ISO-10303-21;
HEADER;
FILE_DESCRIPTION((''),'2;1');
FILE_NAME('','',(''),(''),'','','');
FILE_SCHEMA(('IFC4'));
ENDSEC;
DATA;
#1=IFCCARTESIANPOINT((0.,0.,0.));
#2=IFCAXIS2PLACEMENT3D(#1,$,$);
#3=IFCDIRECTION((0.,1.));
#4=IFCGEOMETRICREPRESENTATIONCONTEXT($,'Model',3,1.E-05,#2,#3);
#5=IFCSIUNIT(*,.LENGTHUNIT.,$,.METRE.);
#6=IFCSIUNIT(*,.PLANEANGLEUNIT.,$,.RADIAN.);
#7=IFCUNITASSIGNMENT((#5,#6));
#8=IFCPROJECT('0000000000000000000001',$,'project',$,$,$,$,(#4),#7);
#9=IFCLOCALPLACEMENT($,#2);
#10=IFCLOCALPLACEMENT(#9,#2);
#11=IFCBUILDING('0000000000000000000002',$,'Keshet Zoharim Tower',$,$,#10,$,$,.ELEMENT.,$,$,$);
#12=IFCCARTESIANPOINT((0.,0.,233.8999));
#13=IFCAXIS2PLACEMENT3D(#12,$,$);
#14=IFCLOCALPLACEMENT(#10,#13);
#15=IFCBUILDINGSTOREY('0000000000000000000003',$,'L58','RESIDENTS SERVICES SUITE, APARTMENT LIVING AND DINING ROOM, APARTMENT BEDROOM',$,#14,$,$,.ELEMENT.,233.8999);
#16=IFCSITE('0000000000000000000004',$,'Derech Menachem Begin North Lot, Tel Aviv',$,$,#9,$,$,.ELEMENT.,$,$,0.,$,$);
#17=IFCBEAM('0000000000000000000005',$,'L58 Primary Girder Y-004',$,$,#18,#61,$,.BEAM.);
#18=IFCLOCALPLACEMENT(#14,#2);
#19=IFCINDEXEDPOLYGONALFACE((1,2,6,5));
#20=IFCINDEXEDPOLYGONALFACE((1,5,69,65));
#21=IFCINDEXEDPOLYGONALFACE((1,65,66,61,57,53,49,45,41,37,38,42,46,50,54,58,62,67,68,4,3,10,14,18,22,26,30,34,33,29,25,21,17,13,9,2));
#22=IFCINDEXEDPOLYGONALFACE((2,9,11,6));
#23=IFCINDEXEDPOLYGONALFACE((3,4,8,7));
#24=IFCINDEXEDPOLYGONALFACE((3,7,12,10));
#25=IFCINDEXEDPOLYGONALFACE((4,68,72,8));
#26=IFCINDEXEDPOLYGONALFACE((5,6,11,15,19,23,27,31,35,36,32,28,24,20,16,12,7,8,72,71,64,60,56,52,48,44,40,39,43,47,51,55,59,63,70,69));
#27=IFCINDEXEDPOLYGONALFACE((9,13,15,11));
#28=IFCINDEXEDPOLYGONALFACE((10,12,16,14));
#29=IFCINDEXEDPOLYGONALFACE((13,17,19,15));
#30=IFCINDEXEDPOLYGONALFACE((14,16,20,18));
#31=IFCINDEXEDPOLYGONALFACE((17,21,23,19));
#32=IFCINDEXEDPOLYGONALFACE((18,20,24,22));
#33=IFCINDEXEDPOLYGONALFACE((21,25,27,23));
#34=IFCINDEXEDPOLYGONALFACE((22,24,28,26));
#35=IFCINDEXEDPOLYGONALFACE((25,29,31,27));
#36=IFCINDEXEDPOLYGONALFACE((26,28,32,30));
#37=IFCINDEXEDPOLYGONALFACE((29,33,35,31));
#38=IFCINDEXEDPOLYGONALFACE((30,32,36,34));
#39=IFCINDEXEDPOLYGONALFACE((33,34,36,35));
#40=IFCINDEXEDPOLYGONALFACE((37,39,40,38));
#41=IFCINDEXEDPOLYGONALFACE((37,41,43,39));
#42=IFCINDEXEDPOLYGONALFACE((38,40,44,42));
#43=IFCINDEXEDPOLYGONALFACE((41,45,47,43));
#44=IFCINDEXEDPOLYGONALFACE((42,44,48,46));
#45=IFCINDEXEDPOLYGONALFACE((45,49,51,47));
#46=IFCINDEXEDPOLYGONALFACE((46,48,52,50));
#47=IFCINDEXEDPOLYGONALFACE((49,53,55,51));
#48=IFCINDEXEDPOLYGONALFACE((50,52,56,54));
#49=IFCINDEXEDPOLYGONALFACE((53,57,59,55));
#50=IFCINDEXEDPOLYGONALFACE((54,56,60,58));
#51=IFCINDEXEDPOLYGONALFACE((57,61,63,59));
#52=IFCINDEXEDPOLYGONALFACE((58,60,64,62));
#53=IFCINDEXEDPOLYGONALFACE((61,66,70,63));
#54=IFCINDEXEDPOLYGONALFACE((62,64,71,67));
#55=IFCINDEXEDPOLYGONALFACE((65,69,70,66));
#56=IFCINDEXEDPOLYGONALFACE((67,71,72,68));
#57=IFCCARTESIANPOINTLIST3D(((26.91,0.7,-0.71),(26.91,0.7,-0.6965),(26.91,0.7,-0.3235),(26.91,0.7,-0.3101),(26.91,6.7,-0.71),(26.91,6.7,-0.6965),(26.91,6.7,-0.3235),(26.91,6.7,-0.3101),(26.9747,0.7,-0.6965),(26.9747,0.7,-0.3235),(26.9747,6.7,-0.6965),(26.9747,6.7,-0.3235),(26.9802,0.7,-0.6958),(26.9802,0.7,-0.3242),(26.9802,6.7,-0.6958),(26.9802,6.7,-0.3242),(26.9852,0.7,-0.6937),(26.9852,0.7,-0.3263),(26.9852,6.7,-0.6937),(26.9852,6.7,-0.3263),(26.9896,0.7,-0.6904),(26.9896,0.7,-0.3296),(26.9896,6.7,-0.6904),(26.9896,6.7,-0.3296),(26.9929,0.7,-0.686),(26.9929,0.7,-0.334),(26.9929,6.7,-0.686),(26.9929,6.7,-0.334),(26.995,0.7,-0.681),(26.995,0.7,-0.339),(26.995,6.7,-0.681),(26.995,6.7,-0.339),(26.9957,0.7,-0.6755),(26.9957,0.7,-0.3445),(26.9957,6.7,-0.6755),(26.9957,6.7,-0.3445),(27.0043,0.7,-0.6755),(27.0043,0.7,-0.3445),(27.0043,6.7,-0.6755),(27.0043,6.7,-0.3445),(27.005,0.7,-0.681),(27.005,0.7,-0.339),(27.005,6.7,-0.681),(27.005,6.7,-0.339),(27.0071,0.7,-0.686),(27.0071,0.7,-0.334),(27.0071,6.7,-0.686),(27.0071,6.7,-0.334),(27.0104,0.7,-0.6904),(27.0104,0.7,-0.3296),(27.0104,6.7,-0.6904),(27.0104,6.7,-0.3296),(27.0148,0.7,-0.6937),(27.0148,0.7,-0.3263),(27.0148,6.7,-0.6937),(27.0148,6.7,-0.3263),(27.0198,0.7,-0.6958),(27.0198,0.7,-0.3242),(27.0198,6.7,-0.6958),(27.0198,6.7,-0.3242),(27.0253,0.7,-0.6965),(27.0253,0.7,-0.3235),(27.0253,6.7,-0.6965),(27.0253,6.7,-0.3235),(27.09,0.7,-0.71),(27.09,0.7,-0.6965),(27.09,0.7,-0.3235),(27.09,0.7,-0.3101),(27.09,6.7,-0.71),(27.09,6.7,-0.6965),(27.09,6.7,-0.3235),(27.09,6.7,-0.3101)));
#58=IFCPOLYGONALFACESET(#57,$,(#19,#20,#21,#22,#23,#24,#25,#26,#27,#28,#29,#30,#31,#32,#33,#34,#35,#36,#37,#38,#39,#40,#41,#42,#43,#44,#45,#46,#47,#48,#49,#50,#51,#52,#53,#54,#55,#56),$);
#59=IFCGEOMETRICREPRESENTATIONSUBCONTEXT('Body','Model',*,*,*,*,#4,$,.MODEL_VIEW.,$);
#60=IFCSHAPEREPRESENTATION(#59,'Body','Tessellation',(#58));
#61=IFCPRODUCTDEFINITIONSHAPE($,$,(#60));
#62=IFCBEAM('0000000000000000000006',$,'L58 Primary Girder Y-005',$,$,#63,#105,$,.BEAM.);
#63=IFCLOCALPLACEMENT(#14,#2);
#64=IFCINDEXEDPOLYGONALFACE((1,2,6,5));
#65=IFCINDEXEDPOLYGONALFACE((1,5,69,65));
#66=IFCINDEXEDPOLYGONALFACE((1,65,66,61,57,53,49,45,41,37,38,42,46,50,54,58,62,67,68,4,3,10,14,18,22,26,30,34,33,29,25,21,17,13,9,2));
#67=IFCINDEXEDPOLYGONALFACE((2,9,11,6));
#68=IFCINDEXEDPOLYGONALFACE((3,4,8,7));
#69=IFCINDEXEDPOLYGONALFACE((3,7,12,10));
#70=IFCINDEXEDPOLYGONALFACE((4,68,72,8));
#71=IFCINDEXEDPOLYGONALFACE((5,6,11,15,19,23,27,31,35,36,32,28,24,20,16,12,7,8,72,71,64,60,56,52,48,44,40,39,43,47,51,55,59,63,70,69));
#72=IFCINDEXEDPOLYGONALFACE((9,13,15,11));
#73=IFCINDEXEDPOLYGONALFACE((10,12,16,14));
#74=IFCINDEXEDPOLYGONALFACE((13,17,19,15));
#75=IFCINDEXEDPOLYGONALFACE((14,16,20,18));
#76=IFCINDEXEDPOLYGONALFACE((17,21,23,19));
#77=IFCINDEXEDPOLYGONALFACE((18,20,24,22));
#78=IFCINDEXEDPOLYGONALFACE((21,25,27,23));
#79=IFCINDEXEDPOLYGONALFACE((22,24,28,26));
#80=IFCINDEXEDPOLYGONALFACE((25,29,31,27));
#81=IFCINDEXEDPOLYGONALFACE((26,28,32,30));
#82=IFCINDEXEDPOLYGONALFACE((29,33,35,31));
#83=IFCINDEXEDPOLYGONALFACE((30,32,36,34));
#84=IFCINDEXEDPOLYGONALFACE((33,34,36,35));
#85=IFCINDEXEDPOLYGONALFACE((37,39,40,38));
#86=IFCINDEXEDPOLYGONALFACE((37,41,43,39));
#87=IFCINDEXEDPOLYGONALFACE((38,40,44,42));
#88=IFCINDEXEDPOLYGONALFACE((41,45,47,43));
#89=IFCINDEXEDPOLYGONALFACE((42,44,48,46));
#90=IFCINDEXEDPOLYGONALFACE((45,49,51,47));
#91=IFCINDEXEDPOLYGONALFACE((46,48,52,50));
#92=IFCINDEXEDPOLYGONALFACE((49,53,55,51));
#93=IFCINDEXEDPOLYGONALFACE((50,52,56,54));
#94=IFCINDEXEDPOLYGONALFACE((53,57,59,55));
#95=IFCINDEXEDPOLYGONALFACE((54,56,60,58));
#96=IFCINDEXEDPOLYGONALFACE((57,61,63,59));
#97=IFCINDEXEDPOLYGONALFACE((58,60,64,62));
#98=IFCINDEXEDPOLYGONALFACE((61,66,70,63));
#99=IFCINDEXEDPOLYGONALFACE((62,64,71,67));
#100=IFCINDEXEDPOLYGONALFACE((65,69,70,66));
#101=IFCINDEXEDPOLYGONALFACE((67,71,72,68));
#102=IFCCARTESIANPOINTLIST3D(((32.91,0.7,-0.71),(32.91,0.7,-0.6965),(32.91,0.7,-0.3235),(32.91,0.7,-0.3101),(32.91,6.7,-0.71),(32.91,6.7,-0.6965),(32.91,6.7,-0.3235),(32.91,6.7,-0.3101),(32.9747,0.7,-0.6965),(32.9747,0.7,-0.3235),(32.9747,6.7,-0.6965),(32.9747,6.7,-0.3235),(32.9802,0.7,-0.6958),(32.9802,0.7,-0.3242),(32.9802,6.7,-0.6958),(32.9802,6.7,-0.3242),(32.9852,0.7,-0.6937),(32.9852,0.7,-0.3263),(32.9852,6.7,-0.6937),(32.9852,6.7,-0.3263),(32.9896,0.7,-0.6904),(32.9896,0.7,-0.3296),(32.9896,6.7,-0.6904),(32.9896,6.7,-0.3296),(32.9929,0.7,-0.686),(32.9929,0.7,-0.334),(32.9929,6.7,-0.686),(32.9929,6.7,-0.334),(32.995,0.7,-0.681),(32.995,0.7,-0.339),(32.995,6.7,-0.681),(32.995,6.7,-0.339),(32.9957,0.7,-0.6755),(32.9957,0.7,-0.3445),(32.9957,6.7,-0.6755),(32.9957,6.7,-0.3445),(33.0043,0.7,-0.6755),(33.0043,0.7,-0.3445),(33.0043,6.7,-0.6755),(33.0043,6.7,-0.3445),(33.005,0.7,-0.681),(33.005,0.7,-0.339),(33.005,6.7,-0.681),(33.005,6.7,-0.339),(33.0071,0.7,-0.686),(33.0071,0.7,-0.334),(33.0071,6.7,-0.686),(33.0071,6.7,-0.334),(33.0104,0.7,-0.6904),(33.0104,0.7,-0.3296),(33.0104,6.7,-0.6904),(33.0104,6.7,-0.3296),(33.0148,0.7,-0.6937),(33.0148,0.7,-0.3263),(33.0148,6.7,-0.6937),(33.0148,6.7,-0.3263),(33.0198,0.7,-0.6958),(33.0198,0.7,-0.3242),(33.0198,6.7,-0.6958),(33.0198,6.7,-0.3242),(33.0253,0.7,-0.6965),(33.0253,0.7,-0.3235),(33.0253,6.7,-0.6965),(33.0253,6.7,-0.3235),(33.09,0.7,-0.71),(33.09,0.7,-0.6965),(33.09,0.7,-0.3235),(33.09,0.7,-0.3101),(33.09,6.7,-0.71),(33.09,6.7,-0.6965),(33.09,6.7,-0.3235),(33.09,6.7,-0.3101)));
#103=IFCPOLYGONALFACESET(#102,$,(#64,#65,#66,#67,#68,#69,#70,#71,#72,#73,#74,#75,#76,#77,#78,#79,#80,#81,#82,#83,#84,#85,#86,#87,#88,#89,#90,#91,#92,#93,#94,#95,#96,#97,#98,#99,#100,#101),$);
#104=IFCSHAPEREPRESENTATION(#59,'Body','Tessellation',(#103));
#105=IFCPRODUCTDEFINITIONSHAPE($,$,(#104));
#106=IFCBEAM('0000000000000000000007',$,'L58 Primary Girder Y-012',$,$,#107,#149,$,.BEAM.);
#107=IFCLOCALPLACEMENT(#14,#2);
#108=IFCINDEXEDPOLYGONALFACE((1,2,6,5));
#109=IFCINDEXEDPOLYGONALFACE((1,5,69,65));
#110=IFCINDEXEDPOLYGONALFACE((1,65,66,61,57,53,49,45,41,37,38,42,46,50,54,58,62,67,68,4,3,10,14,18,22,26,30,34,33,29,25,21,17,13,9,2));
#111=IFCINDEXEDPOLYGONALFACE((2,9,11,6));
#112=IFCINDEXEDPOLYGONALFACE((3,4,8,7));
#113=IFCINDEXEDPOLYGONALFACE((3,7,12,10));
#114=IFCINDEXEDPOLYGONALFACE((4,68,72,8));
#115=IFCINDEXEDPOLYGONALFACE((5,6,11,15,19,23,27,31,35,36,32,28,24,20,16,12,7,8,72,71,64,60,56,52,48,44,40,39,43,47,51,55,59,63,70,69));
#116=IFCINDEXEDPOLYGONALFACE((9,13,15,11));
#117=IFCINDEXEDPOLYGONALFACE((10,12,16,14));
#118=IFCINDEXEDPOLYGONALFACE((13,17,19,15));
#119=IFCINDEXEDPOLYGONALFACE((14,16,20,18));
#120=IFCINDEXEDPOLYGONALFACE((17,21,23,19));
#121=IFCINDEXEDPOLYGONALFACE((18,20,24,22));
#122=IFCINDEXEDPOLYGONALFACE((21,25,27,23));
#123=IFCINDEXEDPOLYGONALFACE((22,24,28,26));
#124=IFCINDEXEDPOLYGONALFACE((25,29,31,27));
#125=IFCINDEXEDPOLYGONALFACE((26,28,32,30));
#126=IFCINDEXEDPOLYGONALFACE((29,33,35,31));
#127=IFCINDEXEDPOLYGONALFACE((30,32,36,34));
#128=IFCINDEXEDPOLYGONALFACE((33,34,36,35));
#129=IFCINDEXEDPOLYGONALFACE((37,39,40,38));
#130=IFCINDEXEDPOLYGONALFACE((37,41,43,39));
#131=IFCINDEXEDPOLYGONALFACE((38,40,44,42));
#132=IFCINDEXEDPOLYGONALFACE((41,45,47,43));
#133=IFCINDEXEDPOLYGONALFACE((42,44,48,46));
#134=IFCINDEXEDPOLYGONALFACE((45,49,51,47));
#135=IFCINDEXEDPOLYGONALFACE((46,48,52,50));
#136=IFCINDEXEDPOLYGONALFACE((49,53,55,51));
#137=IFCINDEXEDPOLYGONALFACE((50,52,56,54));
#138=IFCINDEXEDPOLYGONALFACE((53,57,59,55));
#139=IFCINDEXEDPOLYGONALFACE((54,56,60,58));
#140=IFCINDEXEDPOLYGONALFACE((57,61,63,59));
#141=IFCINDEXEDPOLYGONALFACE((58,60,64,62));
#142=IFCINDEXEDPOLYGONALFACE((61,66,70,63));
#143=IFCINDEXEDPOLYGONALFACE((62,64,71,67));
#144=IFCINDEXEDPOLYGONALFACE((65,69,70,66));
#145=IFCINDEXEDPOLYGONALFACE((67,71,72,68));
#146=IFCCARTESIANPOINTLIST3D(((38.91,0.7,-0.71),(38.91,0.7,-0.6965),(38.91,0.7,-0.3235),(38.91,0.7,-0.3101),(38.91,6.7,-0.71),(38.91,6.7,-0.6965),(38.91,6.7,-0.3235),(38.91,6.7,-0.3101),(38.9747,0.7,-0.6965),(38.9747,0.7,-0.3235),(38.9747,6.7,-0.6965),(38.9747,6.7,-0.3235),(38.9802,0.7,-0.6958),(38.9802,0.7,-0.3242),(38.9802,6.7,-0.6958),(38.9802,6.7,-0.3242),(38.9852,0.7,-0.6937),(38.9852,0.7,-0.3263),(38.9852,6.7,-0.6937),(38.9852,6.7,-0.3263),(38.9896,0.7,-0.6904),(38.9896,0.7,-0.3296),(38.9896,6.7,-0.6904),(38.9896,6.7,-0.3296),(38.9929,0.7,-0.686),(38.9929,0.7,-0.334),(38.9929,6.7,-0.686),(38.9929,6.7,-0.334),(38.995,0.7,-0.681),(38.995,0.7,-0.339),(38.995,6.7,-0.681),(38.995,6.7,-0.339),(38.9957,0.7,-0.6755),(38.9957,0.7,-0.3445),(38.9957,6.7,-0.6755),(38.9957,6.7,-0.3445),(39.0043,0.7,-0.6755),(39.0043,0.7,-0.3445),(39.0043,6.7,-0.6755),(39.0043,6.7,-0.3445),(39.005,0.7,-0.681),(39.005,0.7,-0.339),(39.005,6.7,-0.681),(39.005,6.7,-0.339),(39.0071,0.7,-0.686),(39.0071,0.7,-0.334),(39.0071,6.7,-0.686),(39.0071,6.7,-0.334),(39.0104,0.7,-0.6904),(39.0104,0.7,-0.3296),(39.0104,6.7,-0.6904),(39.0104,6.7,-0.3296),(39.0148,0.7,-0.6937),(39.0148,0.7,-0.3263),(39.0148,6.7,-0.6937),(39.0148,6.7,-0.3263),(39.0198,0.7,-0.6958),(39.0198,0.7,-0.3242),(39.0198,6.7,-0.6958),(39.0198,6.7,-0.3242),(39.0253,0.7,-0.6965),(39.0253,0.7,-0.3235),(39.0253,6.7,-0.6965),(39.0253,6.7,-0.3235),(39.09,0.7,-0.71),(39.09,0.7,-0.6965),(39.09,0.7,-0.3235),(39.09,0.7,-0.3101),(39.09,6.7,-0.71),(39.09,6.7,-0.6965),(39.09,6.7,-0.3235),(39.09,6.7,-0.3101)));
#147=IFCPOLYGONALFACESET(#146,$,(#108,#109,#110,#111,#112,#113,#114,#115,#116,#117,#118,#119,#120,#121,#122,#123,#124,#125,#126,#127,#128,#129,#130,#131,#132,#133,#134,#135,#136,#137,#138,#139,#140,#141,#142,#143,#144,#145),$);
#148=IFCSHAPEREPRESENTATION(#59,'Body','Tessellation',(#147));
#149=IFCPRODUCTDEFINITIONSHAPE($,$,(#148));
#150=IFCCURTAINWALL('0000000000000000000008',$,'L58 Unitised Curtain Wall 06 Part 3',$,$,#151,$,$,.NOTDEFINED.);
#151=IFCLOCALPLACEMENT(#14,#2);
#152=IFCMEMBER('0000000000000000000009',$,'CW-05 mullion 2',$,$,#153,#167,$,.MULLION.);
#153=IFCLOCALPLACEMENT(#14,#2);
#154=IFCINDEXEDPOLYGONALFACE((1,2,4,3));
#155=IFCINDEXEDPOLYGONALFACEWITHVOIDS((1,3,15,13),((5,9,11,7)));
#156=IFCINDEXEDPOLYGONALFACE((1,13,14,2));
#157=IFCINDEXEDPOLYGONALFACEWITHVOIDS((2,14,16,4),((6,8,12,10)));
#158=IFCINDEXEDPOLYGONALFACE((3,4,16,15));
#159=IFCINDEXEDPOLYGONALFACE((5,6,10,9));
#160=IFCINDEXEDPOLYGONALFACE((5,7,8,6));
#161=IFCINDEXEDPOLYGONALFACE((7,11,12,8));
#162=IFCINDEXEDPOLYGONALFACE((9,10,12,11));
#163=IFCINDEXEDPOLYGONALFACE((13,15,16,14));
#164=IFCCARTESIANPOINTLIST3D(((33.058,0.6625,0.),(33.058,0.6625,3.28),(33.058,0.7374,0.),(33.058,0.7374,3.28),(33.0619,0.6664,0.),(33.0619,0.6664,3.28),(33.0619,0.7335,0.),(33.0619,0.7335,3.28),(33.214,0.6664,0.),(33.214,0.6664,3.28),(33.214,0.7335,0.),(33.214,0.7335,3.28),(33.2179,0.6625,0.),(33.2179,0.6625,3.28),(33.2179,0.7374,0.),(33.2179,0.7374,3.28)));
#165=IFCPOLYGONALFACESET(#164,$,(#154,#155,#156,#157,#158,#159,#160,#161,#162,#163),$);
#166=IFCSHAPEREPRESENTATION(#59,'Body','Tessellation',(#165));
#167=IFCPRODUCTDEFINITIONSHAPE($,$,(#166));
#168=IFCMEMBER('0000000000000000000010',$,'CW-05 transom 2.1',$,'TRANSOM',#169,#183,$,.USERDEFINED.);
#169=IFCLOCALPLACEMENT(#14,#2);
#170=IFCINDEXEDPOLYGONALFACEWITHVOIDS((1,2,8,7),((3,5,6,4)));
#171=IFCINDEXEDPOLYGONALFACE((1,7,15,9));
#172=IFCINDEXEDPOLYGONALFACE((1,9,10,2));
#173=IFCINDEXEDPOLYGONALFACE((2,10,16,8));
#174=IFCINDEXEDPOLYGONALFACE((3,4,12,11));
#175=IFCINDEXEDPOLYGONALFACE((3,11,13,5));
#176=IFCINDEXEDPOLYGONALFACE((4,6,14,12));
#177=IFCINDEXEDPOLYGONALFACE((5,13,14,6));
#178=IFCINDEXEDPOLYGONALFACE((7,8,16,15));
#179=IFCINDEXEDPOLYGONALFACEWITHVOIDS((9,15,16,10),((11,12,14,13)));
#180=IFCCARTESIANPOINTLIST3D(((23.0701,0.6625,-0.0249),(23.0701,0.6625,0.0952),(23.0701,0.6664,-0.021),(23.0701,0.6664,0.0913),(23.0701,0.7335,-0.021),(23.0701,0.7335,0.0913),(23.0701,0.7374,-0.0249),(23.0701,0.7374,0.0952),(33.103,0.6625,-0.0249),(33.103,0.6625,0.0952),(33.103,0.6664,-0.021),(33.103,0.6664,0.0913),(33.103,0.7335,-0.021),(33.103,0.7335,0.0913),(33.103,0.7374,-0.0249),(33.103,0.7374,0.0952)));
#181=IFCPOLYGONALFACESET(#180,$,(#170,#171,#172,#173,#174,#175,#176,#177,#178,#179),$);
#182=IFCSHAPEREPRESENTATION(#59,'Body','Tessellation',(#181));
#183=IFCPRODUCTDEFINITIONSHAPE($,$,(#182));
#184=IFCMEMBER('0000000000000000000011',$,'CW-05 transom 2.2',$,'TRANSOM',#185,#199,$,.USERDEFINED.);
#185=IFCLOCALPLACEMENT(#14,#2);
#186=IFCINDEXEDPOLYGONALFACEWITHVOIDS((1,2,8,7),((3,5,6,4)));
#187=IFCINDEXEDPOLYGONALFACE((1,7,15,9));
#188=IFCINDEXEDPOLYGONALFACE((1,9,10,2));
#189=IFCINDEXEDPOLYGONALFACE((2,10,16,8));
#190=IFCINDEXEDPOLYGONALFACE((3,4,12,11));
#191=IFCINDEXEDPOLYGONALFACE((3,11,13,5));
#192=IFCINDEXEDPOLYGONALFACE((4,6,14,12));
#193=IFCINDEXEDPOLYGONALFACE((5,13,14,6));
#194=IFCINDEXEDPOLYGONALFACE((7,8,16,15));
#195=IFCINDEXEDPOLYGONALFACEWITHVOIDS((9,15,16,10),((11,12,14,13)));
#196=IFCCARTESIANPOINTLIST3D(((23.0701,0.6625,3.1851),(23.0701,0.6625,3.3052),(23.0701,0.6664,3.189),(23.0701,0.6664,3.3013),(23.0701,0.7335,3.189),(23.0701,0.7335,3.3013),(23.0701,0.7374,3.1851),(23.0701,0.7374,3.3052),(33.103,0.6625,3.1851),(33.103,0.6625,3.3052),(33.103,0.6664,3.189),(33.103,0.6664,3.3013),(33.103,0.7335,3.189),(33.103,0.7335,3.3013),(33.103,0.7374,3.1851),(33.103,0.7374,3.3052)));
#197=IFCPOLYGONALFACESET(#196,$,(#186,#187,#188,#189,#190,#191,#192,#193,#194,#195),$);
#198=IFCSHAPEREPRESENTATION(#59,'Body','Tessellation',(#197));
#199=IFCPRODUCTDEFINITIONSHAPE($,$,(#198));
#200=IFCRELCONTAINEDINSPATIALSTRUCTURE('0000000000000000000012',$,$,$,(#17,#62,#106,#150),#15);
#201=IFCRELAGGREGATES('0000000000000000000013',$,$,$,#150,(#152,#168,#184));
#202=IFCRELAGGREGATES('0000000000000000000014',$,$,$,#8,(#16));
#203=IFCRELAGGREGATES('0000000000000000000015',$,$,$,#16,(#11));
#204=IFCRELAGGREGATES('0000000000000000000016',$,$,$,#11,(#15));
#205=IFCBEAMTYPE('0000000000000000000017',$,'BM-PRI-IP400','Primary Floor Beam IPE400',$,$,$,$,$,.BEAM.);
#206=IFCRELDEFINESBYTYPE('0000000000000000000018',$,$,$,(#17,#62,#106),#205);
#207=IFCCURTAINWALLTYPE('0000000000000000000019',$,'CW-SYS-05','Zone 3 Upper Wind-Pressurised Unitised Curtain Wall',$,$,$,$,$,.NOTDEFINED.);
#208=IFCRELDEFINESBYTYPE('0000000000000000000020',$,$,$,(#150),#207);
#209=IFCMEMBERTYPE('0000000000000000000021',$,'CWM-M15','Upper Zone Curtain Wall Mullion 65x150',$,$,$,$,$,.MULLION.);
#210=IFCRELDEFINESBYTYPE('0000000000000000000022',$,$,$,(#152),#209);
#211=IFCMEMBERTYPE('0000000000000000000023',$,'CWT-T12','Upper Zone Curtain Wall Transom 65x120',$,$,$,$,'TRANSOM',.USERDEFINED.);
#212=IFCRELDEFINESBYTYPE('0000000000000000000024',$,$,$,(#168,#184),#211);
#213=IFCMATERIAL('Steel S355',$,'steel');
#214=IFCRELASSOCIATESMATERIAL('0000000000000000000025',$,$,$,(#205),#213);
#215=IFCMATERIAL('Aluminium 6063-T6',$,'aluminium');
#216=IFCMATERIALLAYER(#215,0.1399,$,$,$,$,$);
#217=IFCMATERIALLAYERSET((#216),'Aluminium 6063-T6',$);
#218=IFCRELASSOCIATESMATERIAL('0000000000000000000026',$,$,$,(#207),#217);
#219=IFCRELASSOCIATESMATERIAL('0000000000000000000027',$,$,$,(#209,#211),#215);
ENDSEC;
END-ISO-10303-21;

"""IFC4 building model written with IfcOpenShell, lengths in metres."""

from ifc_helpers import new_model, si_unit, direction, frame, origin, origin_2d, place, context, subcontext, project, spatial, hollow_rectangle, i_section, extrude, material, layer, layer_set, material_profile, profile_set, type_object, element, aggregate, save


model = new_model("IFC4")

# Units and contexts
model_context = context("Model", 3, precision=1e-05, world=origin(), true_north=direction((0.0, 1.0)))
body_context = subcontext(model_context, "Body", "Model", "MODEL_VIEW")
ifc_project = project(units=[si_unit("LENGTHUNIT", "METRE"), si_unit("PLANEANGLEUNIT", "RADIAN")], contexts=[model_context])

# Site, building, storey
site_placement = place(None, origin())
site = spatial("IfcSite", under=ifc_project, at=site_placement, Name="Derech Menachem Begin North Lot, Tel Aviv", CompositionType="ELEMENT", RefElevation=0.0)
building_placement = place(site_placement, origin())
building = spatial("IfcBuilding", under=site, at=building_placement, Name="Keshet Zoharim Tower", CompositionType="ELEMENT")
storey_placement = place(building_placement, frame((0.0, 0.0, 233.8999)))
storey = spatial("IfcBuildingStorey", under=building, at=storey_placement, Name="L58", Description="RESIDENTS SERVICES SUITE, APARTMENT LIVING AND DINING ROOM, APARTMENT BEDROOM", CompositionType="ELEMENT", Elevation=233.8999)

# Shared definitions
ifc_material_1 = material(Name="Steel S355", Category="steel")

# Beams
ifc_material_profile_1 = material_profile(ifc_material_1, i_section(OverallWidth=0.1799, OverallDepth=0.3999, WebThickness=0.0085, FlangeThickness=0.0134, FilletRadius=0.021, at=origin_2d()), Name="IPE400")
ifc_profile_set_1 = profile_set([ifc_material_profile_1], Name="Steel S355")
beam_type_1 = type_object("IfcBeamType", Name="BM-PRI-IP400", Description="Primary Floor Beam IPE400", PredefinedType="BEAM", material=ifc_profile_set_1)
for number, where, z_axis, x_axis, name in (
    (1, (27.0, 0.7, -0.51), (0.0, 1.0, 0.0), (-1.0, 0.0, 0.0), "L58 Primary Girder Y-004"),
    (2, (33.0, 0.7, -0.51), (0.0, 1.0, 0.0), (-1.0, 0.0, 0.0), "L58 Primary Girder Y-005"),
    (3, (39.0, 0.7, -0.51), (0.0, 1.0, 0.0), (-1.0, 0.0, 0.0), "L58 Primary Girder Y-012"),
):
    element("IfcBeam", number, at=place(storey_placement, frame(where, z_axis=z_axis, x_axis=x_axis)), inside=storey, type_object=beam_type_1, Name=name, PredefinedType="BEAM", context=body_context, shape_type="SweptSolid", body=[
        extrude(i_section(OverallWidth=0.1799, OverallDepth=0.3999, WebThickness=0.0085, FlangeThickness=0.0134, FilletRadius=0.021, at=origin_2d()), origin(), (0.0, 0.0, 1.0), 6.0),
    ])

# Curtain wall, members
ifc_material_2 = material(Name="Aluminium 6063-T6", Category="aluminium")
ifc_layer_1 = layer(ifc_material_2, 0.1399)
ifc_layer_set_1 = layer_set([ifc_layer_1], Name="Aluminium 6063-T6")
curtain_wall_type = type_object("IfcCurtainWallType", Name="CW-SYS-05", Description="Zone 3 Upper Wind-Pressurised Unitised Curtain Wall", PredefinedType="NOTDEFINED", material=ifc_layer_set_1)
curtain_wall_placement = place(storey_placement, origin())
curtain_wall = element("IfcCurtainWall", 4, at=curtain_wall_placement, inside=storey, type_object=curtain_wall_type, Name="L58 Unitised Curtain Wall 06 Part 3", PredefinedType="NOTDEFINED")
ifc_material_profile_2 = material_profile(ifc_material_2, hollow_rectangle(XDim=0.075, YDim=0.1599, WallThickness=0.0039, at=origin_2d()), Name="MUL-75x160")
ifc_profile_set_2 = profile_set([ifc_material_profile_2], Name="Aluminium 6063-T6")
member_type_1 = type_object("IfcMemberType", Name="CWM-M15", Description="Upper Zone Curtain Wall Mullion 65x150", PredefinedType="MULLION", material=ifc_profile_set_2)
member_1_placement = place(storey_placement, frame((33.1379, 0.7, 0.0), z_axis=(0.0, 0.0, 1.0), x_axis=(0.0, -1.0, 0.0)))
member_1 = element("IfcMember", 5, at=member_1_placement, type_object=member_type_1, Name="CW-05 mullion 2", PredefinedType="MULLION", context=body_context, shape_type="SweptSolid", body=[
    extrude(hollow_rectangle(XDim=0.075, YDim=0.1599, WallThickness=0.0039, at=origin_2d()), origin(), (0.0, 0.0, 1.0), 3.28),
])
ifc_material_profile_3 = material_profile(ifc_material_2, hollow_rectangle(XDim=0.075, YDim=0.1201, WallThickness=0.0039, at=origin_2d()), Name="TRN-75x120")
ifc_profile_set_3 = profile_set([ifc_material_profile_3], Name="Aluminium 6063-T6")
member_type_2 = type_object("IfcMemberType", Name="CWT-T12", Description="Upper Zone Curtain Wall Transom 65x120", ElementType="TRANSOM", PredefinedType="USERDEFINED", material=ifc_profile_set_3)
member_2_placement = place(storey_placement, frame((33.103, 0.7, 0.0352), z_axis=(-1.0, 0.0, 0.0), x_axis=(0.0, -1.0, 0.0)))
member_2 = element("IfcMember", 6, at=member_2_placement, type_object=member_type_2, Name="CW-05 transom 2.1", ObjectType="TRANSOM", PredefinedType="USERDEFINED", context=body_context, shape_type="SweptSolid", body=[
    extrude(hollow_rectangle(XDim=0.075, YDim=0.1201, WallThickness=0.0039, at=origin_2d()), origin(), (0.0, 0.0, 1.0), 10.033),
])
member_3_placement = place(storey_placement, frame((33.103, 0.7, 3.2451), z_axis=(-1.0, 0.0, 0.0), x_axis=(0.0, -1.0, 0.0)))
member_3 = element("IfcMember", 7, at=member_3_placement, type_object=member_type_2, Name="CW-05 transom 2.2", ObjectType="TRANSOM", PredefinedType="USERDEFINED", context=body_context, shape_type="SweptSolid", body=[
    extrude(hollow_rectangle(XDim=0.075, YDim=0.1201, WallThickness=0.0039, at=origin_2d()), origin(), (0.0, 0.0, 1.0), 10.033),
])
aggregate(curtain_wall, [member_1, member_2, member_3])

save(model, "model.ifc")
